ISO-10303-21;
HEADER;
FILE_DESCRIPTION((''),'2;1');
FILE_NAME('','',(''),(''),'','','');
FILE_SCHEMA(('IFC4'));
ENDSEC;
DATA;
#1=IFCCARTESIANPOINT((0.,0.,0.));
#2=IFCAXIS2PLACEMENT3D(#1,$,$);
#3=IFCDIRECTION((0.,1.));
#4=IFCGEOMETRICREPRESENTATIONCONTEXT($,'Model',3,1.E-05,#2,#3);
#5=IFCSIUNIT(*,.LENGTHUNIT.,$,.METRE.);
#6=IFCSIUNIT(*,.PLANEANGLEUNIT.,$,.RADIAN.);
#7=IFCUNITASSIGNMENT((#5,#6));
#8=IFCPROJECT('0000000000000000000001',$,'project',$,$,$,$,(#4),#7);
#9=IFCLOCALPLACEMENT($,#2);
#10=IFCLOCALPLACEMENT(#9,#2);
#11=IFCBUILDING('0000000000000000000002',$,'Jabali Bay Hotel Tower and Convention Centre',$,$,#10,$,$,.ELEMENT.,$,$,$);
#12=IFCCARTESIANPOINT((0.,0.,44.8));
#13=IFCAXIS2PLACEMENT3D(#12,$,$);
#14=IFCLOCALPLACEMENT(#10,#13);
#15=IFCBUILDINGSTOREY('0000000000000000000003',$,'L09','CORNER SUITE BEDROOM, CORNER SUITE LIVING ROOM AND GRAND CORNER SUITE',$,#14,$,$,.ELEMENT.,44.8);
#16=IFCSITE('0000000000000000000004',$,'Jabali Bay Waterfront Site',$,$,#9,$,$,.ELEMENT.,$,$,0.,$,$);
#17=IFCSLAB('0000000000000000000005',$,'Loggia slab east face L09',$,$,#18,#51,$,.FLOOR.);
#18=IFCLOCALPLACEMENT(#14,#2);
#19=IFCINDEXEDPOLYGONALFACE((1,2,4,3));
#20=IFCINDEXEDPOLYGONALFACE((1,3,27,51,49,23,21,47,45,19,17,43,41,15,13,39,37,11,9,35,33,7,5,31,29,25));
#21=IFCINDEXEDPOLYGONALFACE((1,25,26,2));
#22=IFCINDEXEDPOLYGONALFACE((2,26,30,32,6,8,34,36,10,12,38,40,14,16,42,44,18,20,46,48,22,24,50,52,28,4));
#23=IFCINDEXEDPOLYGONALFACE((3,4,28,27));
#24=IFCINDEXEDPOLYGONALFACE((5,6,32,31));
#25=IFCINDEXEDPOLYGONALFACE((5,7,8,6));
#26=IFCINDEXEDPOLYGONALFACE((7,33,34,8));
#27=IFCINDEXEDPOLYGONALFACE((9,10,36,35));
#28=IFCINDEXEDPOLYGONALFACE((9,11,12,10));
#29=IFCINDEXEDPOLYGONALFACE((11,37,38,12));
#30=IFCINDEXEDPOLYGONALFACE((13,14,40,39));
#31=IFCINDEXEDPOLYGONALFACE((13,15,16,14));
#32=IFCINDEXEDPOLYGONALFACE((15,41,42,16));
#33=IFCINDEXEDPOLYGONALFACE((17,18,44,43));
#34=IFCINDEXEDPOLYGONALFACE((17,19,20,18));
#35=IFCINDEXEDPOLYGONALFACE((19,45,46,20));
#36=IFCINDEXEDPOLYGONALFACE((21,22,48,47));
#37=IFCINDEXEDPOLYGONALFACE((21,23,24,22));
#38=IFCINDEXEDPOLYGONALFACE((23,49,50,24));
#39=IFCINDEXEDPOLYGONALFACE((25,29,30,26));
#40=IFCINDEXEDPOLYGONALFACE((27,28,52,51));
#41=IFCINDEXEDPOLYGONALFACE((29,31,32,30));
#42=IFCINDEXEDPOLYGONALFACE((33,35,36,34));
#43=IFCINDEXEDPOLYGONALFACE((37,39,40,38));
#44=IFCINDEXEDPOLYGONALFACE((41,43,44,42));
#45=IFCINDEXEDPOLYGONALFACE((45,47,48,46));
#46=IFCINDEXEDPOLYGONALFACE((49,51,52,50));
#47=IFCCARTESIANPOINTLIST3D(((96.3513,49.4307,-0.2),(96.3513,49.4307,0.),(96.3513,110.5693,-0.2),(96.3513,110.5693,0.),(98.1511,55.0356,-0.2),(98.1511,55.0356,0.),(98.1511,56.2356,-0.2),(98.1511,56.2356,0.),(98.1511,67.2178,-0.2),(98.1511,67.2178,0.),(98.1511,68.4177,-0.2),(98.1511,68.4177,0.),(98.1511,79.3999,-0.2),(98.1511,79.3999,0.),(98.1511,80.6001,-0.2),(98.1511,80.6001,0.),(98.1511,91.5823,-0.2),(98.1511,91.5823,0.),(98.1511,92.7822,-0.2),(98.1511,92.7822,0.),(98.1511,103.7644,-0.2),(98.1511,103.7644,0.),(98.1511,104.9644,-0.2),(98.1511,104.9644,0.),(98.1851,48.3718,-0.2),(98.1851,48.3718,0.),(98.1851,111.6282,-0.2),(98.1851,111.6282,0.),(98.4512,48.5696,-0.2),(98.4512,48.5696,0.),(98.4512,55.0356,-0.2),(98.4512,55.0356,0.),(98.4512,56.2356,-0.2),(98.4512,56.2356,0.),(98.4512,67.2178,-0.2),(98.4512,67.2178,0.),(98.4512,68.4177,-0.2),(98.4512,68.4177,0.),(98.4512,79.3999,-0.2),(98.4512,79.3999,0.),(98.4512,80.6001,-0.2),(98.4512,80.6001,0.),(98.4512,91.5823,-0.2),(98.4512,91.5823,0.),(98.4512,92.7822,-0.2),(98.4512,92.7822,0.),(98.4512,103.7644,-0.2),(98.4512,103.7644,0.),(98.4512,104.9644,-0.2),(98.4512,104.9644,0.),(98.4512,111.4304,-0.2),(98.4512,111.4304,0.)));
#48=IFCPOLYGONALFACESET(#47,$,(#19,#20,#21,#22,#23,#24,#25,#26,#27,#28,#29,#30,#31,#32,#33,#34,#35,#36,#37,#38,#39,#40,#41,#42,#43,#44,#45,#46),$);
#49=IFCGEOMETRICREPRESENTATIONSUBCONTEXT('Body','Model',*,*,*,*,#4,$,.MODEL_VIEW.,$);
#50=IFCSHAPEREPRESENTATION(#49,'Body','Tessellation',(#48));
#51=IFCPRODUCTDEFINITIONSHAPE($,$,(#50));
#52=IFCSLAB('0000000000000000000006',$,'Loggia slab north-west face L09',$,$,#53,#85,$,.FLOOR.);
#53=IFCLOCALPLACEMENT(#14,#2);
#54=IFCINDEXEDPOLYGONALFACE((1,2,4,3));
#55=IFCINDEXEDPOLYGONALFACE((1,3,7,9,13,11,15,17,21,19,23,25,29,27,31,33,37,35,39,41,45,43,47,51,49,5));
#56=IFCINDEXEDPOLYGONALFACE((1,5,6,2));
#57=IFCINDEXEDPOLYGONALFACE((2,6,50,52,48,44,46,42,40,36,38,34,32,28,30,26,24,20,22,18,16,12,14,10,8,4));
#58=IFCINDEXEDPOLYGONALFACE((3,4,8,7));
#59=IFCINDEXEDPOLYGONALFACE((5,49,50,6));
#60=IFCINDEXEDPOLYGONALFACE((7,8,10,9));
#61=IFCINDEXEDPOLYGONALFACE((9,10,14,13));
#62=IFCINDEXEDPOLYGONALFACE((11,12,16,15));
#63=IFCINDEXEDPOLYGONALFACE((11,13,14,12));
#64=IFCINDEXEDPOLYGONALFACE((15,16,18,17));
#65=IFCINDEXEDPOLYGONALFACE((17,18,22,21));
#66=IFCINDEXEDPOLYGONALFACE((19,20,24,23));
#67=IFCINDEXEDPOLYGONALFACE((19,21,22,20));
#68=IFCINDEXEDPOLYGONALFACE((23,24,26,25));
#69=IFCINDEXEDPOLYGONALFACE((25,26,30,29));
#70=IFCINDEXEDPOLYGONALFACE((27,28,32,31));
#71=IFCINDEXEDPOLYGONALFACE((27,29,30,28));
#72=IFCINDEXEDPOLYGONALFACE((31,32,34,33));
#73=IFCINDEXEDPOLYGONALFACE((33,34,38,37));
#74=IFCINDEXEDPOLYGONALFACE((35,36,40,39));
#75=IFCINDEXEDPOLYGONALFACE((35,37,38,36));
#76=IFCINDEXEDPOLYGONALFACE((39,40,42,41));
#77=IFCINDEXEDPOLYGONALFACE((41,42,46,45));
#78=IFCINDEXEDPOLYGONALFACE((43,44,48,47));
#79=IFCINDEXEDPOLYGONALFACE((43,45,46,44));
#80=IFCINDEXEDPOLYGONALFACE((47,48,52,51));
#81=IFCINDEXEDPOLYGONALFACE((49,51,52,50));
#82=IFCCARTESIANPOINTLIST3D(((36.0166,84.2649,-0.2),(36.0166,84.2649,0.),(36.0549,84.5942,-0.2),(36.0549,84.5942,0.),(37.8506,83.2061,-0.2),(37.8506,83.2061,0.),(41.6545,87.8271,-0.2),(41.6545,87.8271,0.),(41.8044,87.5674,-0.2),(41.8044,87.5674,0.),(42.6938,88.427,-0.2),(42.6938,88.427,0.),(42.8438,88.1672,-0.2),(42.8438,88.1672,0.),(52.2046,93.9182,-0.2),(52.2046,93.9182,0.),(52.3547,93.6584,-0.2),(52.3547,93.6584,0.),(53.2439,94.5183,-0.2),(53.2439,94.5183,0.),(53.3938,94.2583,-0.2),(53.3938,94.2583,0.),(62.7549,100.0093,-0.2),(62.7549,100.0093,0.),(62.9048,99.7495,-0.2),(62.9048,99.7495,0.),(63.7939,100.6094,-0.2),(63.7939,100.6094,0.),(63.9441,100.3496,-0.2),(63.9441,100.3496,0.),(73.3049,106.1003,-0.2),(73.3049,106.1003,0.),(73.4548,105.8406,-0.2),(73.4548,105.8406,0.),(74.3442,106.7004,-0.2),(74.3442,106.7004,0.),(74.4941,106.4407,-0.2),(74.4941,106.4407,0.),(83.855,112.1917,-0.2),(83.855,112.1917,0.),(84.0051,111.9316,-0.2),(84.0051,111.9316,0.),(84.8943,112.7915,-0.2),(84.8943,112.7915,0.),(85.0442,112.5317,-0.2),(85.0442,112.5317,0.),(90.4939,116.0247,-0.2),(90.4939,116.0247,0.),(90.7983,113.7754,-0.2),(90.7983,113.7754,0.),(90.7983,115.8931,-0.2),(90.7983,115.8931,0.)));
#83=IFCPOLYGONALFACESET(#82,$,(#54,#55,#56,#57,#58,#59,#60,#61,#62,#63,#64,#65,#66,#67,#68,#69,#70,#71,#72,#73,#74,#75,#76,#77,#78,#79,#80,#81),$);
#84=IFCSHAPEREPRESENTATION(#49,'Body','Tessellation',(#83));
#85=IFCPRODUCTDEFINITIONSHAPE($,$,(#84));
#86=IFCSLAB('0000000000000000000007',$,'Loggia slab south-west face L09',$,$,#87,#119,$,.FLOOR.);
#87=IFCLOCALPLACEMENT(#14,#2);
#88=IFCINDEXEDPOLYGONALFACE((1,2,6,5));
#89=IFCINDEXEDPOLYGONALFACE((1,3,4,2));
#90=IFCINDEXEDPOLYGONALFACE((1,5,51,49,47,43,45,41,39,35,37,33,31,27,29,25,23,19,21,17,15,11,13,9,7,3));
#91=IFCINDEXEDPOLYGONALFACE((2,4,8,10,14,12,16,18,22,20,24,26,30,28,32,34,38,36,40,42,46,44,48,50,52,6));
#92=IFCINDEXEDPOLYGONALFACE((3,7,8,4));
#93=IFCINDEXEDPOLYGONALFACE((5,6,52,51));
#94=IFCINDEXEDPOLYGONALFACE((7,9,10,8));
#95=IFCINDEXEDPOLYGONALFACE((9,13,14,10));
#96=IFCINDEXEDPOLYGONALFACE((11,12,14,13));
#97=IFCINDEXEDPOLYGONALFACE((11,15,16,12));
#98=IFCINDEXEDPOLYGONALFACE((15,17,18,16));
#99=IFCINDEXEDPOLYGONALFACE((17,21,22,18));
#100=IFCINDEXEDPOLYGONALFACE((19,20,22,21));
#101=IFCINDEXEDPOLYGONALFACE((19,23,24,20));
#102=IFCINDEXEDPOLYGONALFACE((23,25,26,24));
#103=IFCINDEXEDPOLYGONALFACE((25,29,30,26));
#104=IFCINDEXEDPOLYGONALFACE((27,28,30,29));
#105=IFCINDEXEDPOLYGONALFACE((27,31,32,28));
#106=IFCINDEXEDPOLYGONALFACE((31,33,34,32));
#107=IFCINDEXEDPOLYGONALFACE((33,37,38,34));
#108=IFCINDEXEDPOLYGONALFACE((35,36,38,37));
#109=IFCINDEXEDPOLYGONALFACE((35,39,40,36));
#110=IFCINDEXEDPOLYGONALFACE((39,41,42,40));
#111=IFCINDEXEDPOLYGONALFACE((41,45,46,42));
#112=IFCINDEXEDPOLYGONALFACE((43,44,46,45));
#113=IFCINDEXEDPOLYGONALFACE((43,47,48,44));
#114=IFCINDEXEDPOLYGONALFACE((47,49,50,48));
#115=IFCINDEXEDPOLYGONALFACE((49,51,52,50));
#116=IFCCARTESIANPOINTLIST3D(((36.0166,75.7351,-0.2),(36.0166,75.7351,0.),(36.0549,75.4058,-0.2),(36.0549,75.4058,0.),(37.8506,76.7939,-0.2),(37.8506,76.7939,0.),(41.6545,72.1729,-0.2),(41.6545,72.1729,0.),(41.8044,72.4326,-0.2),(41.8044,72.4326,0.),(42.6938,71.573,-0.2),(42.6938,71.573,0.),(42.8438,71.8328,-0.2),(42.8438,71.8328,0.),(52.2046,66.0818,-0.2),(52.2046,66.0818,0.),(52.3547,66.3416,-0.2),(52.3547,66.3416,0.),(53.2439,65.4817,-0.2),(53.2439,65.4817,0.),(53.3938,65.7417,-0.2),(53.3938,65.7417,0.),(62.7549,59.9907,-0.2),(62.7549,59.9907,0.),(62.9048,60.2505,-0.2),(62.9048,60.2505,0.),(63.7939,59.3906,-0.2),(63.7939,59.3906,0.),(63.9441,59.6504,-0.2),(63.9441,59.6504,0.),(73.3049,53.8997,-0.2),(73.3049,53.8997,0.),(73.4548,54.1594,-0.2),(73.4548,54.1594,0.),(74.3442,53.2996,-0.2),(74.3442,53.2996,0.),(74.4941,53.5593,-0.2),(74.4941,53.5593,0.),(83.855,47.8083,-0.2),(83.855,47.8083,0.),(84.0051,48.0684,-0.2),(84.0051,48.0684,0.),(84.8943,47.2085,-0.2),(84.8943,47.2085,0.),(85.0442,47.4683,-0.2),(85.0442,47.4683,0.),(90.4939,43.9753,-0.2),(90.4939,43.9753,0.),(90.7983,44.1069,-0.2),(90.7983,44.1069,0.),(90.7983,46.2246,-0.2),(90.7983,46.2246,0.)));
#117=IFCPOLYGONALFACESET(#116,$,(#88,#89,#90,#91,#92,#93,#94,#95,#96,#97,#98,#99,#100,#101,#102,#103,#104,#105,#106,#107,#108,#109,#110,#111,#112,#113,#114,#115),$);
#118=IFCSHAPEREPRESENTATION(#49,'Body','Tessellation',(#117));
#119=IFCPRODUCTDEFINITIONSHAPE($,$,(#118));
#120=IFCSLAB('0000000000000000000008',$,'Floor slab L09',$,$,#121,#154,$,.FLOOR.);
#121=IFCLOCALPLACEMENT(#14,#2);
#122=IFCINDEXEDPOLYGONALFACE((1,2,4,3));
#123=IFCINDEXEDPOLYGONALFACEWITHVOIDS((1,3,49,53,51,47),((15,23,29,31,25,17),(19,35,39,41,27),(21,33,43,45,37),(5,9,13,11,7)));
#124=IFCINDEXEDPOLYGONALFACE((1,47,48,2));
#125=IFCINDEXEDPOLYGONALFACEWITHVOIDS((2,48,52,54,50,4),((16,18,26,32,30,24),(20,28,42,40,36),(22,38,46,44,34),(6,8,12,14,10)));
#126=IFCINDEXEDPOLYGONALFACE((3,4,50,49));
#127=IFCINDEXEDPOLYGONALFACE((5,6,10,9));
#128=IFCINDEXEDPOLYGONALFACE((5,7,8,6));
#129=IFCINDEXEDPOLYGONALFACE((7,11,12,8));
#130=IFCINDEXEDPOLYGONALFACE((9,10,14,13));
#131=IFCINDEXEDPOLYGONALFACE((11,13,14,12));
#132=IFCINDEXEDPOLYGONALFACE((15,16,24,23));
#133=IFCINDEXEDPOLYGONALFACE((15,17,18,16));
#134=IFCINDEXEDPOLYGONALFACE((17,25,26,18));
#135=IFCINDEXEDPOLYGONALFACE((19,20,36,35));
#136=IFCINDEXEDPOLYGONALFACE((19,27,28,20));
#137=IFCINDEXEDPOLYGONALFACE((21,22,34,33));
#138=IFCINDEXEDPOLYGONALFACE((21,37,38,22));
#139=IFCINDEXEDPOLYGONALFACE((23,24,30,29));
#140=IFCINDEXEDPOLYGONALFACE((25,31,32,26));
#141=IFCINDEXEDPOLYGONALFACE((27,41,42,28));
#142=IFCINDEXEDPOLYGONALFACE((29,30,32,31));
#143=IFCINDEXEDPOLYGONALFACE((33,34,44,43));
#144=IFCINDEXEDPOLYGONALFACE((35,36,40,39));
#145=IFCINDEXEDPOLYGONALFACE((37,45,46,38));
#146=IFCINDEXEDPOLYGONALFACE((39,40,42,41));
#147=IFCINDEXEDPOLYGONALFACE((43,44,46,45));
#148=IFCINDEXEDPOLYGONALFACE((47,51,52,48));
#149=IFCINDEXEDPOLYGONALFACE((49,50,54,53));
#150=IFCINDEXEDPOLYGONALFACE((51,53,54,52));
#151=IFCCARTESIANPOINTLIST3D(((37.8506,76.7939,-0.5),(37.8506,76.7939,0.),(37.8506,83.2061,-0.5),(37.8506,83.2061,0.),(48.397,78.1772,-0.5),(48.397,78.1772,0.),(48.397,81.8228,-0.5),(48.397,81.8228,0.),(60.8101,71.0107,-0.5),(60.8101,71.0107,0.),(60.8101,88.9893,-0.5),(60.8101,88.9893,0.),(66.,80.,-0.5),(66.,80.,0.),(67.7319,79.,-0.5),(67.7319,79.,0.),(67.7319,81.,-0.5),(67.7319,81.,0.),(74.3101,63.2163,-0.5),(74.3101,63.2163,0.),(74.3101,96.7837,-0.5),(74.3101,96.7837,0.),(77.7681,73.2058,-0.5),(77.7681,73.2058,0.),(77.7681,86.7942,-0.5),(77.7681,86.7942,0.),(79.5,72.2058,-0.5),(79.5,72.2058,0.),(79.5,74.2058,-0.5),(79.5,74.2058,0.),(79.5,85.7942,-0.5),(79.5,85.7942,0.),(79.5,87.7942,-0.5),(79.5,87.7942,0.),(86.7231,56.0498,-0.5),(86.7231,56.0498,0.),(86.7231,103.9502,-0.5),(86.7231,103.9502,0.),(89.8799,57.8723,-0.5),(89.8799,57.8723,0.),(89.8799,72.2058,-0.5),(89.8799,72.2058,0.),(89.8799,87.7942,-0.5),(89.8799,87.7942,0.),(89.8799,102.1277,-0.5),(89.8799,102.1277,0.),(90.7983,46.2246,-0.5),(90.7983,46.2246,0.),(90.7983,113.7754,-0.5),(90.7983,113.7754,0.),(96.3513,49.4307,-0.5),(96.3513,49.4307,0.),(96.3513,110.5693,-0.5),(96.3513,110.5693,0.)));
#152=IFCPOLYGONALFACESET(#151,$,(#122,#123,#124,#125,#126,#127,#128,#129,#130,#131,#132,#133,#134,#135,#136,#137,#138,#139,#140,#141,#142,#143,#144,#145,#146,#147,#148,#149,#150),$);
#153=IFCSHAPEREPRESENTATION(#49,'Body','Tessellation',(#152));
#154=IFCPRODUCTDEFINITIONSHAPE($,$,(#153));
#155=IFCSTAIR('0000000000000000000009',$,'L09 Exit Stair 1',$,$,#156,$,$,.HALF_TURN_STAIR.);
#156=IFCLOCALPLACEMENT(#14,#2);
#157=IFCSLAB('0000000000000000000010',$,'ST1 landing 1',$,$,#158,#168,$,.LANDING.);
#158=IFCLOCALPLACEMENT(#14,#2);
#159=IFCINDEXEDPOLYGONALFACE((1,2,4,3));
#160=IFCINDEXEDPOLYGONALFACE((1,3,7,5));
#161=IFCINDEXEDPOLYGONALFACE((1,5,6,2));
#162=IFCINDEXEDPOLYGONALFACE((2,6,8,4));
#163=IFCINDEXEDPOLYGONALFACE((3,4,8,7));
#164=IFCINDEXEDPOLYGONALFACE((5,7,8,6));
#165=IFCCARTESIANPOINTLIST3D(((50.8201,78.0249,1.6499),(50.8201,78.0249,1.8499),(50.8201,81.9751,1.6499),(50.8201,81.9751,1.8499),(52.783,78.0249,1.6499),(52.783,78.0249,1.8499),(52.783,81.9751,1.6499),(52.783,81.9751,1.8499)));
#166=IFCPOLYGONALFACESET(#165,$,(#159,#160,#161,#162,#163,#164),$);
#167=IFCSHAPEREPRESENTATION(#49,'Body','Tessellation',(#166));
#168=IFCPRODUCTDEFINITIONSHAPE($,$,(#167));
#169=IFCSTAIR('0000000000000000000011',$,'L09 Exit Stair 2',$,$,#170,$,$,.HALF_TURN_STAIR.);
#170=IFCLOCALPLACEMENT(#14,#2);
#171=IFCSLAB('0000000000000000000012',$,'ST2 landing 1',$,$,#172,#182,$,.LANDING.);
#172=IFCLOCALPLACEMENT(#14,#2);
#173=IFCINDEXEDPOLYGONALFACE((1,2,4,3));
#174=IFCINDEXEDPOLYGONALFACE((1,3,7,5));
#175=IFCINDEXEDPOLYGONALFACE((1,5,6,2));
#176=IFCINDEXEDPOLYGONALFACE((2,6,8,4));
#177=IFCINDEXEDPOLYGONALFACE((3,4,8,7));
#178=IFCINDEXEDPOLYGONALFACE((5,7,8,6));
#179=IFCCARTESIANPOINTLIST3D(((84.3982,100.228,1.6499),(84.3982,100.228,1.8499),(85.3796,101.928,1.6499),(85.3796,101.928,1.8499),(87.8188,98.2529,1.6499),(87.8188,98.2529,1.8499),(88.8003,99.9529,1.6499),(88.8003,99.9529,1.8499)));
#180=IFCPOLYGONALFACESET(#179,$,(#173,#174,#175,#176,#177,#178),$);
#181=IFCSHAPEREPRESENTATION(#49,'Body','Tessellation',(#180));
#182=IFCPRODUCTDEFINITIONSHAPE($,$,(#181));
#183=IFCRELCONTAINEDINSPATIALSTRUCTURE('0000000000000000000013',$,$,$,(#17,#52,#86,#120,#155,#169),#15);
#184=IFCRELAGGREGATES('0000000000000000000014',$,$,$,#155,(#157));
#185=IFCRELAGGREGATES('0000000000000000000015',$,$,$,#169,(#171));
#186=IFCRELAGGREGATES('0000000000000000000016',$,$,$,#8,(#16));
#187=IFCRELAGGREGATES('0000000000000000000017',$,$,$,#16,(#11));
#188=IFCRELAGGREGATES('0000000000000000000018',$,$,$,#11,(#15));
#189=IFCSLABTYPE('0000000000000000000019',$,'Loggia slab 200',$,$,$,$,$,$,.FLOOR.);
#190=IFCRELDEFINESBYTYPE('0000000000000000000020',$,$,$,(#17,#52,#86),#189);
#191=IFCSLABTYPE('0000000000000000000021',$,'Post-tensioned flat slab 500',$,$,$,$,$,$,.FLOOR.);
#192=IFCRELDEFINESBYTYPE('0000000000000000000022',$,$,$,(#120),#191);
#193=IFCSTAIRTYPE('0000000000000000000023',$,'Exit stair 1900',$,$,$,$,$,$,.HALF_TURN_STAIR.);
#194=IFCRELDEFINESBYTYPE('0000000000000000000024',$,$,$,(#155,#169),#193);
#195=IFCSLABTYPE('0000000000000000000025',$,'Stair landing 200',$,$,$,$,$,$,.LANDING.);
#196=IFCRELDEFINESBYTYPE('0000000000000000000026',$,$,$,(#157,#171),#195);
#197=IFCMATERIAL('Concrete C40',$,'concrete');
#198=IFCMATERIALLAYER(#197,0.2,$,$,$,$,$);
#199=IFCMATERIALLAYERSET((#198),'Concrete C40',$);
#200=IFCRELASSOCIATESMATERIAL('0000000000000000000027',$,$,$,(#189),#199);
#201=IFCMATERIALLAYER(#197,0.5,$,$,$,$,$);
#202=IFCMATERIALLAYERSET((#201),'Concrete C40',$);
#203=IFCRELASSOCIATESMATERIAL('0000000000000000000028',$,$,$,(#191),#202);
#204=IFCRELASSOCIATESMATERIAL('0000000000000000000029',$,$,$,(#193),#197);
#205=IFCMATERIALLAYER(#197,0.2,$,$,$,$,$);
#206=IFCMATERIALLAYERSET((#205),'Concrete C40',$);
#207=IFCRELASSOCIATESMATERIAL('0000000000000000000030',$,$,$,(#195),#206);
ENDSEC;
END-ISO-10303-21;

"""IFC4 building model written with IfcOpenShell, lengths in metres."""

from ifc_helpers import new_model, si_unit, direction, frame, origin, place, context, subcontext, project, spatial, polyline, outline, extrude, material, layer, layer_set, type_object, element, aggregate, save


model = new_model("IFC4")

# Units and contexts
model_context = context("Model", 3, precision=1e-05, world=origin(), true_north=direction((0.0, 1.0)))
body_context = subcontext(model_context, "Body", "Model", "MODEL_VIEW")
ifc_project = project(units=[si_unit("LENGTHUNIT", "METRE"), si_unit("PLANEANGLEUNIT", "RADIAN")], contexts=[model_context])

# Site, building, storey
site_placement = place(None, origin())
site = spatial("IfcSite", under=ifc_project, at=site_placement, Name="Jabali Bay Waterfront Site", CompositionType="ELEMENT", RefElevation=0.0)
building_placement = place(site_placement, origin())
building = spatial("IfcBuilding", under=site, at=building_placement, Name="Jabali Bay Hotel Tower and Convention Centre", CompositionType="ELEMENT")
storey_placement = place(building_placement, frame((0.0, 0.0, 44.8)))
storey = spatial("IfcBuildingStorey", under=building, at=storey_placement, Name="L09", Description="CORNER SUITE BEDROOM, CORNER SUITE LIVING ROOM AND GRAND CORNER SUITE", CompositionType="ELEMENT", Elevation=44.8)

# Slabs
ifc_material_1 = material(Name="Concrete C40", Category="concrete")
ifc_layer_1 = layer(ifc_material_1, 0.2)
ifc_layer_set_1 = layer_set([ifc_layer_1], Name="Concrete C40")
slab_type_1 = type_object("IfcSlabType", Name="Loggia slab 200", PredefinedType="FLOOR", material=ifc_layer_set_1)
slab_1_placement = place(storey_placement, frame((0.0, 0.0, -0.2)))
element("IfcSlab", 1, at=slab_1_placement, inside=storey, type_object=slab_type_1, Name="Loggia slab east face L09", PredefinedType="FLOOR", context=body_context, shape_type="SweptSolid", body=[
    extrude(outline(polyline([(96.3513, 110.5693), (98.1851, 111.6282), (98.4512, 111.4304), (98.4512, 104.9644), (98.1511, 104.9644), (98.1511, 103.7644), (98.4512, 103.7644), (98.4512, 92.7822), (98.1511, 92.7822), (98.1511, 91.5823), (98.4512, 91.5823), (98.4512, 80.6001), (98.1511, 80.6001), (98.1511, 79.3999), (98.4512, 79.3999), (98.4512, 68.4177), (98.1511, 68.4177), (98.1511, 67.2178), (98.4512, 67.2178), (98.4512, 56.2356), (98.1511, 56.2356), (98.1511, 55.0356), (98.4512, 55.0356), (98.4512, 48.5696), (98.1851, 48.3718), (96.3513, 49.4307), (96.3513, 110.5693)])), origin(), (0.0, 0.0, 1.0), 0.2),
])
slab_2_placement = place(storey_placement, frame((0.0, 0.0, -0.2)))
element("IfcSlab", 2, at=slab_2_placement, inside=storey, type_object=slab_type_1, Name="Loggia slab north-west face L09", PredefinedType="FLOOR", context=body_context, shape_type="SweptSolid", body=[
    extrude(outline(polyline([(37.8506, 83.2061), (36.0166, 84.2649), (36.0549, 84.5942), (41.6545, 87.8271), (41.8044, 87.5674), (42.8438, 88.1672), (42.6938, 88.427), (52.2046, 93.9182), (52.3547, 93.6584), (53.3938, 94.2583), (53.2439, 94.5183), (62.7549, 100.0093), (62.9048, 99.7495), (63.9441, 100.3496), (63.7939, 100.6094), (73.3049, 106.1003), (73.4548, 105.8406), (74.4941, 106.4407), (74.3442, 106.7004), (83.855, 112.1917), (84.0051, 111.9316), (85.0442, 112.5317), (84.8943, 112.7915), (90.4939, 116.0247), (90.7983, 115.8931), (90.7983, 113.7754), (37.8506, 83.2061)])), origin(), (0.0, 0.0, 1.0), 0.2),
])
slab_3_placement = place(storey_placement, frame((0.0, 0.0, -0.2)))
element("IfcSlab", 3, at=slab_3_placement, inside=storey, type_object=slab_type_1, Name="Loggia slab south-west face L09", PredefinedType="FLOOR", context=body_context, shape_type="SweptSolid", body=[
    extrude(outline(polyline([(90.7983, 46.2246), (90.7983, 44.1069), (90.4939, 43.9753), (84.8943, 47.2085), (85.0442, 47.4683), (84.0051, 48.0684), (83.855, 47.8083), (74.3442, 53.2996), (74.4941, 53.5593), (73.4548, 54.1594), (73.3049, 53.8997), (63.7939, 59.3906), (63.9441, 59.6504), (62.9048, 60.2505), (62.7549, 59.9907), (53.2439, 65.4817), (53.3938, 65.7417), (52.3547, 66.3416), (52.2046, 66.0818), (42.6938, 71.573), (42.8438, 71.8328), (41.8044, 72.4326), (41.6545, 72.1729), (36.0549, 75.4058), (36.0166, 75.7351), (37.8506, 76.7939), (90.7983, 46.2246)])), origin(), (0.0, 0.0, 1.0), 0.2),
])
ifc_layer_2 = layer(ifc_material_1, 0.5)
ifc_layer_set_2 = layer_set([ifc_layer_2], Name="Concrete C40")
slab_type_2 = type_object("IfcSlabType", Name="Post-tensioned flat slab 500", PredefinedType="FLOOR", material=ifc_layer_set_2)
slab_4_placement = place(storey_placement, frame((0.0, 0.0, -0.5)))
element("IfcSlab", 4, at=slab_4_placement, inside=storey, type_object=slab_type_2, Name="Floor slab L09", PredefinedType="FLOOR", context=body_context, shape_type="SweptSolid", body=[
    extrude(outline(polyline([(90.7983, 113.7754), (96.3513, 110.5693), (96.3513, 49.4307), (90.7983, 46.2246), (37.8506, 76.7939), (37.8506, 83.2061), (90.7983, 113.7754)]), holes=[polyline([(67.7319, 79.0), (77.7681, 73.2058), (79.5, 74.2058), (79.5, 85.7942), (77.7681, 86.7942), (67.7319, 81.0), (67.7319, 79.0)]), polyline([(48.397, 78.1772), (60.8101, 71.0107), (66.0, 80.0), (60.8101, 88.9893), (48.397, 81.8228), (48.397, 78.1772)]), polyline([(89.8799, 102.1277), (86.7231, 103.9502), (74.3101, 96.7837), (79.5, 87.7942), (89.8799, 87.7942), (89.8799, 102.1277)]), polyline([(74.3101, 63.2163), (86.7231, 56.0498), (89.8799, 57.8723), (89.8799, 72.2058), (79.5, 72.2058), (74.3101, 63.2163)])]), origin(), (0.0, 0.0, 1.0), 0.5),
])

# Stairs, slabs
stair_type = type_object("IfcStairType", Name="Exit stair 1900", PredefinedType="HALF_TURN_STAIR", material=ifc_material_1)
stair_1_placement = place(storey_placement, origin())
stair_1 = element("IfcStair", 5, at=stair_1_placement, inside=storey, type_object=stair_type, Name="L09 Exit Stair 1", PredefinedType="HALF_TURN_STAIR")
ifc_layer_3 = layer(ifc_material_1, 0.2)
ifc_layer_set_3 = layer_set([ifc_layer_3], Name="Concrete C40")
slab_type_3 = type_object("IfcSlabType", Name="Stair landing 200", PredefinedType="LANDING", material=ifc_layer_set_3)
slab_5_placement = place(storey_placement, frame((0.0, 0.0, 1.6499)))
slab_5 = element("IfcSlab", 6, at=slab_5_placement, type_object=slab_type_3, Name="ST1 landing 1", PredefinedType="LANDING", context=body_context, shape_type="SweptSolid", body=[
    extrude(outline(polyline([(52.783, 81.9751), (50.8201, 81.9751), (50.8201, 78.0249), (52.783, 78.0249), (52.783, 81.9751)])), origin(), (0.0, 0.0, 1.0), 0.2),
])
aggregate(stair_1, [slab_5])
stair_2_placement = place(storey_placement, origin())
stair_2 = element("IfcStair", 7, at=stair_2_placement, inside=storey, type_object=stair_type, Name="L09 Exit Stair 2", PredefinedType="HALF_TURN_STAIR")
slab_6_placement = place(storey_placement, frame((0.0, 0.0, 1.6499)))
slab_6 = element("IfcSlab", 8, at=slab_6_placement, type_object=slab_type_3, Name="ST2 landing 1", PredefinedType="LANDING", context=body_context, shape_type="SweptSolid", body=[
    extrude(outline(polyline([(87.8188, 98.2529), (88.8003, 99.9529), (85.3796, 101.928), (84.3982, 100.228), (87.8188, 98.2529)])), origin(), (0.0, 0.0, 1.0), 0.2),
])
aggregate(stair_2, [slab_6])

save(model, "model.ifc")
